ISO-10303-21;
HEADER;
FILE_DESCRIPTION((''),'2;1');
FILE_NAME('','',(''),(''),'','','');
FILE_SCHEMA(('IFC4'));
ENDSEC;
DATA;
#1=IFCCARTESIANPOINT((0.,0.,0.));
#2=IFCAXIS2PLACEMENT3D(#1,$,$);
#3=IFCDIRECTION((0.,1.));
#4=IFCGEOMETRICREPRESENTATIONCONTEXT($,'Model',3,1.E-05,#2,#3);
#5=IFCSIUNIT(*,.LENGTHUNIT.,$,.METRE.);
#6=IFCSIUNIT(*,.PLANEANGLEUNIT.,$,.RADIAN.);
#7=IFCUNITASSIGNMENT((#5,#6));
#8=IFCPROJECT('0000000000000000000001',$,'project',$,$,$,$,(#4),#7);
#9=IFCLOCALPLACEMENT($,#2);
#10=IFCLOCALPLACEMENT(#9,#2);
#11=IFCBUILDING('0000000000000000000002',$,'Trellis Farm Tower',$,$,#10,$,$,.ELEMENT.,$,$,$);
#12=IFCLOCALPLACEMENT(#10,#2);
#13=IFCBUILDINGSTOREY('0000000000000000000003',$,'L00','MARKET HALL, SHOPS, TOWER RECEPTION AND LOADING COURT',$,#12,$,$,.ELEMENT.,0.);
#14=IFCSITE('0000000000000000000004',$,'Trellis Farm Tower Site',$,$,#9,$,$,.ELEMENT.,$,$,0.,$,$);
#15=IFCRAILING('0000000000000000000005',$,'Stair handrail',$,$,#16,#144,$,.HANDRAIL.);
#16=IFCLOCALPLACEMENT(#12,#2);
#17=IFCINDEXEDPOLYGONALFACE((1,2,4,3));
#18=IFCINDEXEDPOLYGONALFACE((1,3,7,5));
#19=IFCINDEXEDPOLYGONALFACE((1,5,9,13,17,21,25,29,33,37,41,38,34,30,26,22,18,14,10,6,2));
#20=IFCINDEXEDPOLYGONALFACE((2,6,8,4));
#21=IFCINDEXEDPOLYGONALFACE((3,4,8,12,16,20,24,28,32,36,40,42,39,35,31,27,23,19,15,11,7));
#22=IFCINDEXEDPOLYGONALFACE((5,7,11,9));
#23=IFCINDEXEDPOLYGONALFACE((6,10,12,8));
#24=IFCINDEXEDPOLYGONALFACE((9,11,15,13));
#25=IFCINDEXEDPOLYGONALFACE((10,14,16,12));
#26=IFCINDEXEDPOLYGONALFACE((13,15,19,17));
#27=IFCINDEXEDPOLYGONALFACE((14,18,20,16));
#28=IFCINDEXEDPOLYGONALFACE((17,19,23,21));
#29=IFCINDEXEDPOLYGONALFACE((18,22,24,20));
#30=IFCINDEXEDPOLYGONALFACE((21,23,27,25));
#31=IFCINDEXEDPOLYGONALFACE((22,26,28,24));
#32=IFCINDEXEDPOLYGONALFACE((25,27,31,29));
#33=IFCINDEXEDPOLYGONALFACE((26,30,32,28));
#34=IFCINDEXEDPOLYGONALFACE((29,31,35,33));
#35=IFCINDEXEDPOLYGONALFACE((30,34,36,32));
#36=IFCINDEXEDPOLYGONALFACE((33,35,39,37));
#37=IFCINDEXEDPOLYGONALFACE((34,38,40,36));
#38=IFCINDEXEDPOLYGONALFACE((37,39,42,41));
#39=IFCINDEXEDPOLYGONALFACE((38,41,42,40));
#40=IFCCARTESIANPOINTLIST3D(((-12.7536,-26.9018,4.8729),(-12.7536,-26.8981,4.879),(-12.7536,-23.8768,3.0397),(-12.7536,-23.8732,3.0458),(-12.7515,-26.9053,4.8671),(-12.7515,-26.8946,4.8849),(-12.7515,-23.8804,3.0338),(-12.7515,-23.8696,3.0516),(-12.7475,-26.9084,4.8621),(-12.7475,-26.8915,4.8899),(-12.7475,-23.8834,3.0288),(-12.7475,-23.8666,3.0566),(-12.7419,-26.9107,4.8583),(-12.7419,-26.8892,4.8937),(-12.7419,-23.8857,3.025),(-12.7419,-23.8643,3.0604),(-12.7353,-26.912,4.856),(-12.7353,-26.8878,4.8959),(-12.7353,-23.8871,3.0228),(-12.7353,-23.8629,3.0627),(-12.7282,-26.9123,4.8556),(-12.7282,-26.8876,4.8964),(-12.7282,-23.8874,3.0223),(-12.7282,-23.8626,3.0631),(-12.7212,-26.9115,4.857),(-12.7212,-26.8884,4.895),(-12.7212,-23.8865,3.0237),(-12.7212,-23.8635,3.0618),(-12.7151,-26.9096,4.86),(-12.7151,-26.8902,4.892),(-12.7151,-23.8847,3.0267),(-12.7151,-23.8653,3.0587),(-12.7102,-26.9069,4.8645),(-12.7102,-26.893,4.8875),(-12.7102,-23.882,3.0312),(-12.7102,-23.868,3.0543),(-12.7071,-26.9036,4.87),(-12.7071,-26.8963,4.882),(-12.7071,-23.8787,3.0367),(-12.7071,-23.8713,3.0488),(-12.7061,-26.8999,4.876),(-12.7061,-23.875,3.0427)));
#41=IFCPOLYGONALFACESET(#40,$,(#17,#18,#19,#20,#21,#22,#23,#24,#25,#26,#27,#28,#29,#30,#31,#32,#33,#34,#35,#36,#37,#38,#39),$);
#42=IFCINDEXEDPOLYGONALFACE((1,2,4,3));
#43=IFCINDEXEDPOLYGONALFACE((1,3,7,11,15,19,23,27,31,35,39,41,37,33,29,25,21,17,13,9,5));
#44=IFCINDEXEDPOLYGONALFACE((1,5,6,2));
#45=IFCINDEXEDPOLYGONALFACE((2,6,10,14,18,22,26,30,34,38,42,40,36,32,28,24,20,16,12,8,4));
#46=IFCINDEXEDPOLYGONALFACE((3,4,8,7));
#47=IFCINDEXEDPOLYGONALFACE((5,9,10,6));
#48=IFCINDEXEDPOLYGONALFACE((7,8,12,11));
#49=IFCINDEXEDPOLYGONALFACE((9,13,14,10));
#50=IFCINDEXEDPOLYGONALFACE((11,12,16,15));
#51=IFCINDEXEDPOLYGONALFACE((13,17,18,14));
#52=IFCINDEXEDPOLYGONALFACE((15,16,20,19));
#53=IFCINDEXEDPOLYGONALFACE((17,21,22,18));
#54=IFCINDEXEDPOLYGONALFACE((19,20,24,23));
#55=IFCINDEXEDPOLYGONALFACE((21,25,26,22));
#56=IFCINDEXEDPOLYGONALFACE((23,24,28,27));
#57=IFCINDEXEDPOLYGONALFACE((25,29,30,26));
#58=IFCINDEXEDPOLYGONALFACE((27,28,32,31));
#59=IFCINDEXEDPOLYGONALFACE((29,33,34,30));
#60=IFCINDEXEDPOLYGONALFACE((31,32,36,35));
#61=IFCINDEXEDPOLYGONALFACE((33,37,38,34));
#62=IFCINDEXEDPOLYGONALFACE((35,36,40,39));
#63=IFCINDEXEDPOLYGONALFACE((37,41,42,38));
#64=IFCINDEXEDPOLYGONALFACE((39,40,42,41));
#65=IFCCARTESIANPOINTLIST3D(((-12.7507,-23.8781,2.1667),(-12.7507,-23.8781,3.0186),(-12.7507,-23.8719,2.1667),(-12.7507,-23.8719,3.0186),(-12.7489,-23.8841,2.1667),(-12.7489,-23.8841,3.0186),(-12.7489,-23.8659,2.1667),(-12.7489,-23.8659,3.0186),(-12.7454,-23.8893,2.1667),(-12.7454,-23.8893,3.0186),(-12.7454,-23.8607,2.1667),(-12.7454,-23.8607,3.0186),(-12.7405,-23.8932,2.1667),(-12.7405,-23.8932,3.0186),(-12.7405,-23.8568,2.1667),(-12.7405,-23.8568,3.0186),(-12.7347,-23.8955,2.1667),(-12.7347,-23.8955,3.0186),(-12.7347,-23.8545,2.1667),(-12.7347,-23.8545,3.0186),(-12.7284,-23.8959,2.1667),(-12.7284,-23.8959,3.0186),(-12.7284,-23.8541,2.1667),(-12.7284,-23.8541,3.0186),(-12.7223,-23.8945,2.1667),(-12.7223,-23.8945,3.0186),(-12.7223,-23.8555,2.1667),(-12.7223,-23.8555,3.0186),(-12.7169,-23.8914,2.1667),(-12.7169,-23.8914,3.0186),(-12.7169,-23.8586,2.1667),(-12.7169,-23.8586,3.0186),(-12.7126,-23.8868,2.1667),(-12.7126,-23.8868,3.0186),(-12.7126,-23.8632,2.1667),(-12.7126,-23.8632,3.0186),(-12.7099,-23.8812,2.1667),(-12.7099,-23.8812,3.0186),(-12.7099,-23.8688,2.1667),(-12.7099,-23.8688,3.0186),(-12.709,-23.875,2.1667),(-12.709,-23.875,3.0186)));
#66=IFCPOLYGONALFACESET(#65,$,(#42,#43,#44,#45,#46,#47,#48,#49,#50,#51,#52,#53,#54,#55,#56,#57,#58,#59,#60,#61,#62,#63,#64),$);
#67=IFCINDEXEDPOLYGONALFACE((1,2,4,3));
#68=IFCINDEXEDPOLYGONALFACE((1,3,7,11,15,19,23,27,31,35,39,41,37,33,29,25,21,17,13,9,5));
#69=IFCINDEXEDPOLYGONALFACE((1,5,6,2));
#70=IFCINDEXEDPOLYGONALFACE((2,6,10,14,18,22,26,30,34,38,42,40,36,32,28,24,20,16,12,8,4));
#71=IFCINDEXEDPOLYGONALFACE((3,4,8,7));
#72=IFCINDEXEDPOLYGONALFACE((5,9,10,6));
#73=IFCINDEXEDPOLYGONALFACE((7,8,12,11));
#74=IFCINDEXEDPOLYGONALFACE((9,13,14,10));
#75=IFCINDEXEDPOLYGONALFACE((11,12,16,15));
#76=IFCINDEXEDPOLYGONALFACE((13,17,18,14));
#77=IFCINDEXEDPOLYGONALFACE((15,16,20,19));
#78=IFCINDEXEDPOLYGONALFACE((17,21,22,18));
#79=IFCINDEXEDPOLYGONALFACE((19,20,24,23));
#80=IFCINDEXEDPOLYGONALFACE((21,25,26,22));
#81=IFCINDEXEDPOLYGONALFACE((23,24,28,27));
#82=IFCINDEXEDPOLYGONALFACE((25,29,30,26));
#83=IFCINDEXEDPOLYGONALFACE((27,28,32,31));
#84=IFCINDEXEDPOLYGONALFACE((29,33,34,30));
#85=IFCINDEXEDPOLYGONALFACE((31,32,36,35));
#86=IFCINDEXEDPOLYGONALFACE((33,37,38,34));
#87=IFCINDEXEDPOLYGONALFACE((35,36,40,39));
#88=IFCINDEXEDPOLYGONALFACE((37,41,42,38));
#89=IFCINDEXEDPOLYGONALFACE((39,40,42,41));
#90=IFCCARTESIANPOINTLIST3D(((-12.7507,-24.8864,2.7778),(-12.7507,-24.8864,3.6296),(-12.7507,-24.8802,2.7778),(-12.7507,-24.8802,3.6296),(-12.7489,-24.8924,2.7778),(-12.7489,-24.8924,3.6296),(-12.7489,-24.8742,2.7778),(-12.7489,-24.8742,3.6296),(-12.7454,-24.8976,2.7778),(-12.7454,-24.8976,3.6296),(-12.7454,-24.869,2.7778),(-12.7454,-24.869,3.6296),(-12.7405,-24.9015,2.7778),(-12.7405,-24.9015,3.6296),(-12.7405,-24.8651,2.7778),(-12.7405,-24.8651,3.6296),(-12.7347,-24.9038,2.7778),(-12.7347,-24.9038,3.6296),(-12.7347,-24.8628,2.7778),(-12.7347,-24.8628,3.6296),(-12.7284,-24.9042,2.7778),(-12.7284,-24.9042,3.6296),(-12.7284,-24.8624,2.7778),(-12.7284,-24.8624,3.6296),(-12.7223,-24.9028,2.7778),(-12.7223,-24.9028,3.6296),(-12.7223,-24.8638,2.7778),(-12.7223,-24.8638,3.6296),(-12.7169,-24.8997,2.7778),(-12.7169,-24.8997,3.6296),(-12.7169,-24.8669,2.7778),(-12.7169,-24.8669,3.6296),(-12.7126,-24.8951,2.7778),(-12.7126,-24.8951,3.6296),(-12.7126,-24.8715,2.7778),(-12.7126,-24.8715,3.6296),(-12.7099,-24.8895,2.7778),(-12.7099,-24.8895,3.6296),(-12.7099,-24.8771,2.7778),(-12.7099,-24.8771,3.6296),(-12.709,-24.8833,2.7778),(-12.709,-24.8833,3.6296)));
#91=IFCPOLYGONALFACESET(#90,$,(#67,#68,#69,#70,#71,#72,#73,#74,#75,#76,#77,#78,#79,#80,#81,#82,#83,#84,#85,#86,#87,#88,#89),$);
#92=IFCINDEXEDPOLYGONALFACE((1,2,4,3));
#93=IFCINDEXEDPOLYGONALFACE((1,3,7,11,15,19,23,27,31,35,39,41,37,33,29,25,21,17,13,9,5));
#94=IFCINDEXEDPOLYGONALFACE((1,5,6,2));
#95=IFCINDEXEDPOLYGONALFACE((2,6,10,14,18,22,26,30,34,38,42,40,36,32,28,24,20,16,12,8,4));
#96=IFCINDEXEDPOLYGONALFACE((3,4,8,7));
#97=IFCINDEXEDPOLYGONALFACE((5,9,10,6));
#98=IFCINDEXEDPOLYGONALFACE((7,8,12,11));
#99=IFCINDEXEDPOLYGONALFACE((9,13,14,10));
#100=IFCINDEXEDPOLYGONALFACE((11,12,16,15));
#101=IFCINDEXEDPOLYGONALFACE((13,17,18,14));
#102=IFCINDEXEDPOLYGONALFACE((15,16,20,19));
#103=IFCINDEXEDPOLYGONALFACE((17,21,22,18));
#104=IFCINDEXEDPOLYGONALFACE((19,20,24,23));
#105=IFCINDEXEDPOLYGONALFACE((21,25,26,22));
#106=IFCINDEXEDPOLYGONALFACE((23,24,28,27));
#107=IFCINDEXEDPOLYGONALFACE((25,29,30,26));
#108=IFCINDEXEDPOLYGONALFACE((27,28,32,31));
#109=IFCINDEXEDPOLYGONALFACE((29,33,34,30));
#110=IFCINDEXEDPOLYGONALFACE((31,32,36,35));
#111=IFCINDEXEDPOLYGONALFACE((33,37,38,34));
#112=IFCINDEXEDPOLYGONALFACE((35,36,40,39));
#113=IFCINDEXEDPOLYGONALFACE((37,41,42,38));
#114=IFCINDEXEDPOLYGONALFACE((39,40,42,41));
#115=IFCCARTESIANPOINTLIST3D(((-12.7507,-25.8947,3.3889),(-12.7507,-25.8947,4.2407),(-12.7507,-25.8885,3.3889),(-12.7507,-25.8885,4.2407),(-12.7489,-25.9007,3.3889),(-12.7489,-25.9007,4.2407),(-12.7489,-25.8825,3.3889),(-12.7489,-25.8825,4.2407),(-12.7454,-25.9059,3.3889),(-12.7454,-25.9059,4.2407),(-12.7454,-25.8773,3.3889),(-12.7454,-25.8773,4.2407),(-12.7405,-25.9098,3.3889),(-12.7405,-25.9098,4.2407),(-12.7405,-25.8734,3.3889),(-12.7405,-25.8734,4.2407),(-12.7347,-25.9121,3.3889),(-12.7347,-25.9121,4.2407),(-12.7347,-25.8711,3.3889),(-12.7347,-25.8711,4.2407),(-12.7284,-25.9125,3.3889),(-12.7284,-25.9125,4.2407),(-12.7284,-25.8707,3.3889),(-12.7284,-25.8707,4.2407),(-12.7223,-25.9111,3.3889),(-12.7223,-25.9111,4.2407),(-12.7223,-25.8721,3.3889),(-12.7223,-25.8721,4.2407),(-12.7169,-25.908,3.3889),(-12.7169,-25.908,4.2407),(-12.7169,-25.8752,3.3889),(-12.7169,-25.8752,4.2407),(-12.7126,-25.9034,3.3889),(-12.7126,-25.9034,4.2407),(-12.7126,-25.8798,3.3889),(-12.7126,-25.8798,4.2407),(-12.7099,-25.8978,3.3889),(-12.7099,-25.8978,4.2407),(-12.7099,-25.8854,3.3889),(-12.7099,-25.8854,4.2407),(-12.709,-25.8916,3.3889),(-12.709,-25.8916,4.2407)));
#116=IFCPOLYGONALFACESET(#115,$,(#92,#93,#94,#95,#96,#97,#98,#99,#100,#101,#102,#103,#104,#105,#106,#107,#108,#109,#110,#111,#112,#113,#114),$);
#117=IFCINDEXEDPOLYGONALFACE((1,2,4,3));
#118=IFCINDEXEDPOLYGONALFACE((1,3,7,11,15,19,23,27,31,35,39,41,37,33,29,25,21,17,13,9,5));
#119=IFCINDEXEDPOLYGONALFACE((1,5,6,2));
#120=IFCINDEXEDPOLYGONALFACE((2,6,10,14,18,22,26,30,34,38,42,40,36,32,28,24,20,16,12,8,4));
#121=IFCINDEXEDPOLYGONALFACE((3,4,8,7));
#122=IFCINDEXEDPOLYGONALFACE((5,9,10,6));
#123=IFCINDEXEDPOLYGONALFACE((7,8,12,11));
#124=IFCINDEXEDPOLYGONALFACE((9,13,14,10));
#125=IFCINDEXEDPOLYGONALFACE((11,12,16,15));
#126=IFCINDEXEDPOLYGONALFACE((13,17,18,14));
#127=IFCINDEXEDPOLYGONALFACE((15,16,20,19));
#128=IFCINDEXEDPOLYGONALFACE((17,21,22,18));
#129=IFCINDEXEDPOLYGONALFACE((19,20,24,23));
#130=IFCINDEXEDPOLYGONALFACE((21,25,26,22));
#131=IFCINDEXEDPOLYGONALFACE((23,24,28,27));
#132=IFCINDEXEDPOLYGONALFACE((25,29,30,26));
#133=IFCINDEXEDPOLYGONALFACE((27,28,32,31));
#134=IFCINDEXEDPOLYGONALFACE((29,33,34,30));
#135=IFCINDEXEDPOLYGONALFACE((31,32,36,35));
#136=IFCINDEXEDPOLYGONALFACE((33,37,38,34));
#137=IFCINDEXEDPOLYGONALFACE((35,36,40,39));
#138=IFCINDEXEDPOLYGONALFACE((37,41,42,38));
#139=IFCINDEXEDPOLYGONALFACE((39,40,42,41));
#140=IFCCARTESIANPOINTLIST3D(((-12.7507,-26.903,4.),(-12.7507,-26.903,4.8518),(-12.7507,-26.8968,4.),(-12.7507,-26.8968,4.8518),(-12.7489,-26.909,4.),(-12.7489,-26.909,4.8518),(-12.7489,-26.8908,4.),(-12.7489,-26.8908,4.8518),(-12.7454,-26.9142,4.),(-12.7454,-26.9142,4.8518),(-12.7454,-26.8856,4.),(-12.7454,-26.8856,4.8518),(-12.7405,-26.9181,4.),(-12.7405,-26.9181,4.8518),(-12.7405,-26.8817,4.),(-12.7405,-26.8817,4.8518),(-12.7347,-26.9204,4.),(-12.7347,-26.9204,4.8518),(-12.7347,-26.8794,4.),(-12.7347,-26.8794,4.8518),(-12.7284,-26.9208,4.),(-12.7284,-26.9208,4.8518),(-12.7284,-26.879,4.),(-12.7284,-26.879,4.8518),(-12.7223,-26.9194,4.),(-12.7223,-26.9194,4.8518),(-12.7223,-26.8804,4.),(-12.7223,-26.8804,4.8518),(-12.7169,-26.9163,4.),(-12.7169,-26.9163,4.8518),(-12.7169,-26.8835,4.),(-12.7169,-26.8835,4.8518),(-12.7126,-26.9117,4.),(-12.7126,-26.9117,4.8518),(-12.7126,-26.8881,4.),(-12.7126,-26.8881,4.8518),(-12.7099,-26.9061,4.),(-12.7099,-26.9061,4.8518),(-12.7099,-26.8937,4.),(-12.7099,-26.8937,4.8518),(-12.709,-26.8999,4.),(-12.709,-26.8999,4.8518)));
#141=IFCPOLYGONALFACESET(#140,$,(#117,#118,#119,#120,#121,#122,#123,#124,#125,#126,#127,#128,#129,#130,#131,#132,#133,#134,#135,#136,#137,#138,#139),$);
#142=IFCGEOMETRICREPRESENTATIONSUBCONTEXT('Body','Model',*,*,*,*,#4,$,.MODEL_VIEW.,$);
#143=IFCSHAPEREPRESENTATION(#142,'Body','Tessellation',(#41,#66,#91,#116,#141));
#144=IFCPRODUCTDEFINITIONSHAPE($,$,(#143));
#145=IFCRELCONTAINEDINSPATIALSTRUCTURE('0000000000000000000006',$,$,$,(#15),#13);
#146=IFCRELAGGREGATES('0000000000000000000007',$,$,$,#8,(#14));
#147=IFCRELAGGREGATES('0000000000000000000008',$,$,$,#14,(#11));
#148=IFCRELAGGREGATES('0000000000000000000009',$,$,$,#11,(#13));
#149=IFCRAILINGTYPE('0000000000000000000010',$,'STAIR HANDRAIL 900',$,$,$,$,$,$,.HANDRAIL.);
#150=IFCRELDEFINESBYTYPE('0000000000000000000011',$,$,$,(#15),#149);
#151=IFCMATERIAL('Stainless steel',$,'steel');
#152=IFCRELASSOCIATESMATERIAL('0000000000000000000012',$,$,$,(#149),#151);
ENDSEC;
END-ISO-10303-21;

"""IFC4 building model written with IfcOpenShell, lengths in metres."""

from ifc_helpers import new_model, si_unit, direction, frame, origin, origin_2d, place, context, subcontext, project, spatial, circle, extrude, source, transform, mapped, material, type_object, element, save


model = new_model("IFC4")

# Units and contexts
model_context = context("Model", 3, precision=1e-05, world=origin(), true_north=direction((0.0, 1.0)))
body_context = subcontext(model_context, "Body", "Model", "MODEL_VIEW")
ifc_project = project(units=[si_unit("LENGTHUNIT", "METRE"), si_unit("PLANEANGLEUNIT", "RADIAN")], contexts=[model_context])

# Site, building, storey
site_placement = place(None, origin())
site = spatial("IfcSite", under=ifc_project, at=site_placement, Name="Trellis Farm Tower Site", CompositionType="ELEMENT", RefElevation=0.0)
building_placement = place(site_placement, origin())
building = spatial("IfcBuilding", under=site, at=building_placement, Name="Trellis Farm Tower", CompositionType="ELEMENT")
storey_placement = place(building_placement, origin())
storey = spatial("IfcBuildingStorey", under=building, at=storey_placement, Name="L00", Description="MARKET HALL, SHOPS, TOWER RECEPTION AND LOADING COURT", CompositionType="ELEMENT", Elevation=0.0)

# Railing
ifc_material_1 = material(Name="Stainless steel", Category="steel")
railing_type = type_object("IfcRailingType", Name="STAIR HANDRAIL 900", PredefinedType="HANDRAIL", material=ifc_material_1)
shared_shape_1 = source(origin(), body_context, "Body", "SweptSolid", [
    extrude(circle(Radius=0.0239, at=origin_2d()), frame((0.0, 0.0, 0.876), z_axis=(0.0, -0.855201, 0.518297), x_axis=(1.0, 0.0, 0.0)), (0.0, 0.0, 1.0), 3.5371),
    extrude(circle(Radius=0.021, at=origin_2d()), origin(), (0.0, 0.0, 1.0), 0.8518),
    extrude(circle(Radius=0.021, at=origin_2d()), frame((0.0, -1.0083, 0.6111)), (0.0, 0.0, 1.0), 0.8518),
    extrude(circle(Radius=0.021, at=origin_2d()), frame((0.0, -2.0166, 1.2222)), (0.0, 0.0, 1.0), 0.8518),
    extrude(circle(Radius=0.021, at=origin_2d()), frame((0.0, -3.0249, 1.8333)), (0.0, 0.0, 1.0), 0.8518),
])
for number, where, name in (
    (1, (-12.73, -23.875, 2.1667), "Stair handrail"),
):
    element("IfcRailing", number, at=place(storey_placement, frame(where)), inside=storey, type_object=railing_type, Name=name, PredefinedType="HANDRAIL", context=body_context, shape_type="MappedRepresentation", body=[
        mapped(shared_shape_1, transform((0.0, 0.0, 0.0))),
    ])

save(model, "model.ifc")
